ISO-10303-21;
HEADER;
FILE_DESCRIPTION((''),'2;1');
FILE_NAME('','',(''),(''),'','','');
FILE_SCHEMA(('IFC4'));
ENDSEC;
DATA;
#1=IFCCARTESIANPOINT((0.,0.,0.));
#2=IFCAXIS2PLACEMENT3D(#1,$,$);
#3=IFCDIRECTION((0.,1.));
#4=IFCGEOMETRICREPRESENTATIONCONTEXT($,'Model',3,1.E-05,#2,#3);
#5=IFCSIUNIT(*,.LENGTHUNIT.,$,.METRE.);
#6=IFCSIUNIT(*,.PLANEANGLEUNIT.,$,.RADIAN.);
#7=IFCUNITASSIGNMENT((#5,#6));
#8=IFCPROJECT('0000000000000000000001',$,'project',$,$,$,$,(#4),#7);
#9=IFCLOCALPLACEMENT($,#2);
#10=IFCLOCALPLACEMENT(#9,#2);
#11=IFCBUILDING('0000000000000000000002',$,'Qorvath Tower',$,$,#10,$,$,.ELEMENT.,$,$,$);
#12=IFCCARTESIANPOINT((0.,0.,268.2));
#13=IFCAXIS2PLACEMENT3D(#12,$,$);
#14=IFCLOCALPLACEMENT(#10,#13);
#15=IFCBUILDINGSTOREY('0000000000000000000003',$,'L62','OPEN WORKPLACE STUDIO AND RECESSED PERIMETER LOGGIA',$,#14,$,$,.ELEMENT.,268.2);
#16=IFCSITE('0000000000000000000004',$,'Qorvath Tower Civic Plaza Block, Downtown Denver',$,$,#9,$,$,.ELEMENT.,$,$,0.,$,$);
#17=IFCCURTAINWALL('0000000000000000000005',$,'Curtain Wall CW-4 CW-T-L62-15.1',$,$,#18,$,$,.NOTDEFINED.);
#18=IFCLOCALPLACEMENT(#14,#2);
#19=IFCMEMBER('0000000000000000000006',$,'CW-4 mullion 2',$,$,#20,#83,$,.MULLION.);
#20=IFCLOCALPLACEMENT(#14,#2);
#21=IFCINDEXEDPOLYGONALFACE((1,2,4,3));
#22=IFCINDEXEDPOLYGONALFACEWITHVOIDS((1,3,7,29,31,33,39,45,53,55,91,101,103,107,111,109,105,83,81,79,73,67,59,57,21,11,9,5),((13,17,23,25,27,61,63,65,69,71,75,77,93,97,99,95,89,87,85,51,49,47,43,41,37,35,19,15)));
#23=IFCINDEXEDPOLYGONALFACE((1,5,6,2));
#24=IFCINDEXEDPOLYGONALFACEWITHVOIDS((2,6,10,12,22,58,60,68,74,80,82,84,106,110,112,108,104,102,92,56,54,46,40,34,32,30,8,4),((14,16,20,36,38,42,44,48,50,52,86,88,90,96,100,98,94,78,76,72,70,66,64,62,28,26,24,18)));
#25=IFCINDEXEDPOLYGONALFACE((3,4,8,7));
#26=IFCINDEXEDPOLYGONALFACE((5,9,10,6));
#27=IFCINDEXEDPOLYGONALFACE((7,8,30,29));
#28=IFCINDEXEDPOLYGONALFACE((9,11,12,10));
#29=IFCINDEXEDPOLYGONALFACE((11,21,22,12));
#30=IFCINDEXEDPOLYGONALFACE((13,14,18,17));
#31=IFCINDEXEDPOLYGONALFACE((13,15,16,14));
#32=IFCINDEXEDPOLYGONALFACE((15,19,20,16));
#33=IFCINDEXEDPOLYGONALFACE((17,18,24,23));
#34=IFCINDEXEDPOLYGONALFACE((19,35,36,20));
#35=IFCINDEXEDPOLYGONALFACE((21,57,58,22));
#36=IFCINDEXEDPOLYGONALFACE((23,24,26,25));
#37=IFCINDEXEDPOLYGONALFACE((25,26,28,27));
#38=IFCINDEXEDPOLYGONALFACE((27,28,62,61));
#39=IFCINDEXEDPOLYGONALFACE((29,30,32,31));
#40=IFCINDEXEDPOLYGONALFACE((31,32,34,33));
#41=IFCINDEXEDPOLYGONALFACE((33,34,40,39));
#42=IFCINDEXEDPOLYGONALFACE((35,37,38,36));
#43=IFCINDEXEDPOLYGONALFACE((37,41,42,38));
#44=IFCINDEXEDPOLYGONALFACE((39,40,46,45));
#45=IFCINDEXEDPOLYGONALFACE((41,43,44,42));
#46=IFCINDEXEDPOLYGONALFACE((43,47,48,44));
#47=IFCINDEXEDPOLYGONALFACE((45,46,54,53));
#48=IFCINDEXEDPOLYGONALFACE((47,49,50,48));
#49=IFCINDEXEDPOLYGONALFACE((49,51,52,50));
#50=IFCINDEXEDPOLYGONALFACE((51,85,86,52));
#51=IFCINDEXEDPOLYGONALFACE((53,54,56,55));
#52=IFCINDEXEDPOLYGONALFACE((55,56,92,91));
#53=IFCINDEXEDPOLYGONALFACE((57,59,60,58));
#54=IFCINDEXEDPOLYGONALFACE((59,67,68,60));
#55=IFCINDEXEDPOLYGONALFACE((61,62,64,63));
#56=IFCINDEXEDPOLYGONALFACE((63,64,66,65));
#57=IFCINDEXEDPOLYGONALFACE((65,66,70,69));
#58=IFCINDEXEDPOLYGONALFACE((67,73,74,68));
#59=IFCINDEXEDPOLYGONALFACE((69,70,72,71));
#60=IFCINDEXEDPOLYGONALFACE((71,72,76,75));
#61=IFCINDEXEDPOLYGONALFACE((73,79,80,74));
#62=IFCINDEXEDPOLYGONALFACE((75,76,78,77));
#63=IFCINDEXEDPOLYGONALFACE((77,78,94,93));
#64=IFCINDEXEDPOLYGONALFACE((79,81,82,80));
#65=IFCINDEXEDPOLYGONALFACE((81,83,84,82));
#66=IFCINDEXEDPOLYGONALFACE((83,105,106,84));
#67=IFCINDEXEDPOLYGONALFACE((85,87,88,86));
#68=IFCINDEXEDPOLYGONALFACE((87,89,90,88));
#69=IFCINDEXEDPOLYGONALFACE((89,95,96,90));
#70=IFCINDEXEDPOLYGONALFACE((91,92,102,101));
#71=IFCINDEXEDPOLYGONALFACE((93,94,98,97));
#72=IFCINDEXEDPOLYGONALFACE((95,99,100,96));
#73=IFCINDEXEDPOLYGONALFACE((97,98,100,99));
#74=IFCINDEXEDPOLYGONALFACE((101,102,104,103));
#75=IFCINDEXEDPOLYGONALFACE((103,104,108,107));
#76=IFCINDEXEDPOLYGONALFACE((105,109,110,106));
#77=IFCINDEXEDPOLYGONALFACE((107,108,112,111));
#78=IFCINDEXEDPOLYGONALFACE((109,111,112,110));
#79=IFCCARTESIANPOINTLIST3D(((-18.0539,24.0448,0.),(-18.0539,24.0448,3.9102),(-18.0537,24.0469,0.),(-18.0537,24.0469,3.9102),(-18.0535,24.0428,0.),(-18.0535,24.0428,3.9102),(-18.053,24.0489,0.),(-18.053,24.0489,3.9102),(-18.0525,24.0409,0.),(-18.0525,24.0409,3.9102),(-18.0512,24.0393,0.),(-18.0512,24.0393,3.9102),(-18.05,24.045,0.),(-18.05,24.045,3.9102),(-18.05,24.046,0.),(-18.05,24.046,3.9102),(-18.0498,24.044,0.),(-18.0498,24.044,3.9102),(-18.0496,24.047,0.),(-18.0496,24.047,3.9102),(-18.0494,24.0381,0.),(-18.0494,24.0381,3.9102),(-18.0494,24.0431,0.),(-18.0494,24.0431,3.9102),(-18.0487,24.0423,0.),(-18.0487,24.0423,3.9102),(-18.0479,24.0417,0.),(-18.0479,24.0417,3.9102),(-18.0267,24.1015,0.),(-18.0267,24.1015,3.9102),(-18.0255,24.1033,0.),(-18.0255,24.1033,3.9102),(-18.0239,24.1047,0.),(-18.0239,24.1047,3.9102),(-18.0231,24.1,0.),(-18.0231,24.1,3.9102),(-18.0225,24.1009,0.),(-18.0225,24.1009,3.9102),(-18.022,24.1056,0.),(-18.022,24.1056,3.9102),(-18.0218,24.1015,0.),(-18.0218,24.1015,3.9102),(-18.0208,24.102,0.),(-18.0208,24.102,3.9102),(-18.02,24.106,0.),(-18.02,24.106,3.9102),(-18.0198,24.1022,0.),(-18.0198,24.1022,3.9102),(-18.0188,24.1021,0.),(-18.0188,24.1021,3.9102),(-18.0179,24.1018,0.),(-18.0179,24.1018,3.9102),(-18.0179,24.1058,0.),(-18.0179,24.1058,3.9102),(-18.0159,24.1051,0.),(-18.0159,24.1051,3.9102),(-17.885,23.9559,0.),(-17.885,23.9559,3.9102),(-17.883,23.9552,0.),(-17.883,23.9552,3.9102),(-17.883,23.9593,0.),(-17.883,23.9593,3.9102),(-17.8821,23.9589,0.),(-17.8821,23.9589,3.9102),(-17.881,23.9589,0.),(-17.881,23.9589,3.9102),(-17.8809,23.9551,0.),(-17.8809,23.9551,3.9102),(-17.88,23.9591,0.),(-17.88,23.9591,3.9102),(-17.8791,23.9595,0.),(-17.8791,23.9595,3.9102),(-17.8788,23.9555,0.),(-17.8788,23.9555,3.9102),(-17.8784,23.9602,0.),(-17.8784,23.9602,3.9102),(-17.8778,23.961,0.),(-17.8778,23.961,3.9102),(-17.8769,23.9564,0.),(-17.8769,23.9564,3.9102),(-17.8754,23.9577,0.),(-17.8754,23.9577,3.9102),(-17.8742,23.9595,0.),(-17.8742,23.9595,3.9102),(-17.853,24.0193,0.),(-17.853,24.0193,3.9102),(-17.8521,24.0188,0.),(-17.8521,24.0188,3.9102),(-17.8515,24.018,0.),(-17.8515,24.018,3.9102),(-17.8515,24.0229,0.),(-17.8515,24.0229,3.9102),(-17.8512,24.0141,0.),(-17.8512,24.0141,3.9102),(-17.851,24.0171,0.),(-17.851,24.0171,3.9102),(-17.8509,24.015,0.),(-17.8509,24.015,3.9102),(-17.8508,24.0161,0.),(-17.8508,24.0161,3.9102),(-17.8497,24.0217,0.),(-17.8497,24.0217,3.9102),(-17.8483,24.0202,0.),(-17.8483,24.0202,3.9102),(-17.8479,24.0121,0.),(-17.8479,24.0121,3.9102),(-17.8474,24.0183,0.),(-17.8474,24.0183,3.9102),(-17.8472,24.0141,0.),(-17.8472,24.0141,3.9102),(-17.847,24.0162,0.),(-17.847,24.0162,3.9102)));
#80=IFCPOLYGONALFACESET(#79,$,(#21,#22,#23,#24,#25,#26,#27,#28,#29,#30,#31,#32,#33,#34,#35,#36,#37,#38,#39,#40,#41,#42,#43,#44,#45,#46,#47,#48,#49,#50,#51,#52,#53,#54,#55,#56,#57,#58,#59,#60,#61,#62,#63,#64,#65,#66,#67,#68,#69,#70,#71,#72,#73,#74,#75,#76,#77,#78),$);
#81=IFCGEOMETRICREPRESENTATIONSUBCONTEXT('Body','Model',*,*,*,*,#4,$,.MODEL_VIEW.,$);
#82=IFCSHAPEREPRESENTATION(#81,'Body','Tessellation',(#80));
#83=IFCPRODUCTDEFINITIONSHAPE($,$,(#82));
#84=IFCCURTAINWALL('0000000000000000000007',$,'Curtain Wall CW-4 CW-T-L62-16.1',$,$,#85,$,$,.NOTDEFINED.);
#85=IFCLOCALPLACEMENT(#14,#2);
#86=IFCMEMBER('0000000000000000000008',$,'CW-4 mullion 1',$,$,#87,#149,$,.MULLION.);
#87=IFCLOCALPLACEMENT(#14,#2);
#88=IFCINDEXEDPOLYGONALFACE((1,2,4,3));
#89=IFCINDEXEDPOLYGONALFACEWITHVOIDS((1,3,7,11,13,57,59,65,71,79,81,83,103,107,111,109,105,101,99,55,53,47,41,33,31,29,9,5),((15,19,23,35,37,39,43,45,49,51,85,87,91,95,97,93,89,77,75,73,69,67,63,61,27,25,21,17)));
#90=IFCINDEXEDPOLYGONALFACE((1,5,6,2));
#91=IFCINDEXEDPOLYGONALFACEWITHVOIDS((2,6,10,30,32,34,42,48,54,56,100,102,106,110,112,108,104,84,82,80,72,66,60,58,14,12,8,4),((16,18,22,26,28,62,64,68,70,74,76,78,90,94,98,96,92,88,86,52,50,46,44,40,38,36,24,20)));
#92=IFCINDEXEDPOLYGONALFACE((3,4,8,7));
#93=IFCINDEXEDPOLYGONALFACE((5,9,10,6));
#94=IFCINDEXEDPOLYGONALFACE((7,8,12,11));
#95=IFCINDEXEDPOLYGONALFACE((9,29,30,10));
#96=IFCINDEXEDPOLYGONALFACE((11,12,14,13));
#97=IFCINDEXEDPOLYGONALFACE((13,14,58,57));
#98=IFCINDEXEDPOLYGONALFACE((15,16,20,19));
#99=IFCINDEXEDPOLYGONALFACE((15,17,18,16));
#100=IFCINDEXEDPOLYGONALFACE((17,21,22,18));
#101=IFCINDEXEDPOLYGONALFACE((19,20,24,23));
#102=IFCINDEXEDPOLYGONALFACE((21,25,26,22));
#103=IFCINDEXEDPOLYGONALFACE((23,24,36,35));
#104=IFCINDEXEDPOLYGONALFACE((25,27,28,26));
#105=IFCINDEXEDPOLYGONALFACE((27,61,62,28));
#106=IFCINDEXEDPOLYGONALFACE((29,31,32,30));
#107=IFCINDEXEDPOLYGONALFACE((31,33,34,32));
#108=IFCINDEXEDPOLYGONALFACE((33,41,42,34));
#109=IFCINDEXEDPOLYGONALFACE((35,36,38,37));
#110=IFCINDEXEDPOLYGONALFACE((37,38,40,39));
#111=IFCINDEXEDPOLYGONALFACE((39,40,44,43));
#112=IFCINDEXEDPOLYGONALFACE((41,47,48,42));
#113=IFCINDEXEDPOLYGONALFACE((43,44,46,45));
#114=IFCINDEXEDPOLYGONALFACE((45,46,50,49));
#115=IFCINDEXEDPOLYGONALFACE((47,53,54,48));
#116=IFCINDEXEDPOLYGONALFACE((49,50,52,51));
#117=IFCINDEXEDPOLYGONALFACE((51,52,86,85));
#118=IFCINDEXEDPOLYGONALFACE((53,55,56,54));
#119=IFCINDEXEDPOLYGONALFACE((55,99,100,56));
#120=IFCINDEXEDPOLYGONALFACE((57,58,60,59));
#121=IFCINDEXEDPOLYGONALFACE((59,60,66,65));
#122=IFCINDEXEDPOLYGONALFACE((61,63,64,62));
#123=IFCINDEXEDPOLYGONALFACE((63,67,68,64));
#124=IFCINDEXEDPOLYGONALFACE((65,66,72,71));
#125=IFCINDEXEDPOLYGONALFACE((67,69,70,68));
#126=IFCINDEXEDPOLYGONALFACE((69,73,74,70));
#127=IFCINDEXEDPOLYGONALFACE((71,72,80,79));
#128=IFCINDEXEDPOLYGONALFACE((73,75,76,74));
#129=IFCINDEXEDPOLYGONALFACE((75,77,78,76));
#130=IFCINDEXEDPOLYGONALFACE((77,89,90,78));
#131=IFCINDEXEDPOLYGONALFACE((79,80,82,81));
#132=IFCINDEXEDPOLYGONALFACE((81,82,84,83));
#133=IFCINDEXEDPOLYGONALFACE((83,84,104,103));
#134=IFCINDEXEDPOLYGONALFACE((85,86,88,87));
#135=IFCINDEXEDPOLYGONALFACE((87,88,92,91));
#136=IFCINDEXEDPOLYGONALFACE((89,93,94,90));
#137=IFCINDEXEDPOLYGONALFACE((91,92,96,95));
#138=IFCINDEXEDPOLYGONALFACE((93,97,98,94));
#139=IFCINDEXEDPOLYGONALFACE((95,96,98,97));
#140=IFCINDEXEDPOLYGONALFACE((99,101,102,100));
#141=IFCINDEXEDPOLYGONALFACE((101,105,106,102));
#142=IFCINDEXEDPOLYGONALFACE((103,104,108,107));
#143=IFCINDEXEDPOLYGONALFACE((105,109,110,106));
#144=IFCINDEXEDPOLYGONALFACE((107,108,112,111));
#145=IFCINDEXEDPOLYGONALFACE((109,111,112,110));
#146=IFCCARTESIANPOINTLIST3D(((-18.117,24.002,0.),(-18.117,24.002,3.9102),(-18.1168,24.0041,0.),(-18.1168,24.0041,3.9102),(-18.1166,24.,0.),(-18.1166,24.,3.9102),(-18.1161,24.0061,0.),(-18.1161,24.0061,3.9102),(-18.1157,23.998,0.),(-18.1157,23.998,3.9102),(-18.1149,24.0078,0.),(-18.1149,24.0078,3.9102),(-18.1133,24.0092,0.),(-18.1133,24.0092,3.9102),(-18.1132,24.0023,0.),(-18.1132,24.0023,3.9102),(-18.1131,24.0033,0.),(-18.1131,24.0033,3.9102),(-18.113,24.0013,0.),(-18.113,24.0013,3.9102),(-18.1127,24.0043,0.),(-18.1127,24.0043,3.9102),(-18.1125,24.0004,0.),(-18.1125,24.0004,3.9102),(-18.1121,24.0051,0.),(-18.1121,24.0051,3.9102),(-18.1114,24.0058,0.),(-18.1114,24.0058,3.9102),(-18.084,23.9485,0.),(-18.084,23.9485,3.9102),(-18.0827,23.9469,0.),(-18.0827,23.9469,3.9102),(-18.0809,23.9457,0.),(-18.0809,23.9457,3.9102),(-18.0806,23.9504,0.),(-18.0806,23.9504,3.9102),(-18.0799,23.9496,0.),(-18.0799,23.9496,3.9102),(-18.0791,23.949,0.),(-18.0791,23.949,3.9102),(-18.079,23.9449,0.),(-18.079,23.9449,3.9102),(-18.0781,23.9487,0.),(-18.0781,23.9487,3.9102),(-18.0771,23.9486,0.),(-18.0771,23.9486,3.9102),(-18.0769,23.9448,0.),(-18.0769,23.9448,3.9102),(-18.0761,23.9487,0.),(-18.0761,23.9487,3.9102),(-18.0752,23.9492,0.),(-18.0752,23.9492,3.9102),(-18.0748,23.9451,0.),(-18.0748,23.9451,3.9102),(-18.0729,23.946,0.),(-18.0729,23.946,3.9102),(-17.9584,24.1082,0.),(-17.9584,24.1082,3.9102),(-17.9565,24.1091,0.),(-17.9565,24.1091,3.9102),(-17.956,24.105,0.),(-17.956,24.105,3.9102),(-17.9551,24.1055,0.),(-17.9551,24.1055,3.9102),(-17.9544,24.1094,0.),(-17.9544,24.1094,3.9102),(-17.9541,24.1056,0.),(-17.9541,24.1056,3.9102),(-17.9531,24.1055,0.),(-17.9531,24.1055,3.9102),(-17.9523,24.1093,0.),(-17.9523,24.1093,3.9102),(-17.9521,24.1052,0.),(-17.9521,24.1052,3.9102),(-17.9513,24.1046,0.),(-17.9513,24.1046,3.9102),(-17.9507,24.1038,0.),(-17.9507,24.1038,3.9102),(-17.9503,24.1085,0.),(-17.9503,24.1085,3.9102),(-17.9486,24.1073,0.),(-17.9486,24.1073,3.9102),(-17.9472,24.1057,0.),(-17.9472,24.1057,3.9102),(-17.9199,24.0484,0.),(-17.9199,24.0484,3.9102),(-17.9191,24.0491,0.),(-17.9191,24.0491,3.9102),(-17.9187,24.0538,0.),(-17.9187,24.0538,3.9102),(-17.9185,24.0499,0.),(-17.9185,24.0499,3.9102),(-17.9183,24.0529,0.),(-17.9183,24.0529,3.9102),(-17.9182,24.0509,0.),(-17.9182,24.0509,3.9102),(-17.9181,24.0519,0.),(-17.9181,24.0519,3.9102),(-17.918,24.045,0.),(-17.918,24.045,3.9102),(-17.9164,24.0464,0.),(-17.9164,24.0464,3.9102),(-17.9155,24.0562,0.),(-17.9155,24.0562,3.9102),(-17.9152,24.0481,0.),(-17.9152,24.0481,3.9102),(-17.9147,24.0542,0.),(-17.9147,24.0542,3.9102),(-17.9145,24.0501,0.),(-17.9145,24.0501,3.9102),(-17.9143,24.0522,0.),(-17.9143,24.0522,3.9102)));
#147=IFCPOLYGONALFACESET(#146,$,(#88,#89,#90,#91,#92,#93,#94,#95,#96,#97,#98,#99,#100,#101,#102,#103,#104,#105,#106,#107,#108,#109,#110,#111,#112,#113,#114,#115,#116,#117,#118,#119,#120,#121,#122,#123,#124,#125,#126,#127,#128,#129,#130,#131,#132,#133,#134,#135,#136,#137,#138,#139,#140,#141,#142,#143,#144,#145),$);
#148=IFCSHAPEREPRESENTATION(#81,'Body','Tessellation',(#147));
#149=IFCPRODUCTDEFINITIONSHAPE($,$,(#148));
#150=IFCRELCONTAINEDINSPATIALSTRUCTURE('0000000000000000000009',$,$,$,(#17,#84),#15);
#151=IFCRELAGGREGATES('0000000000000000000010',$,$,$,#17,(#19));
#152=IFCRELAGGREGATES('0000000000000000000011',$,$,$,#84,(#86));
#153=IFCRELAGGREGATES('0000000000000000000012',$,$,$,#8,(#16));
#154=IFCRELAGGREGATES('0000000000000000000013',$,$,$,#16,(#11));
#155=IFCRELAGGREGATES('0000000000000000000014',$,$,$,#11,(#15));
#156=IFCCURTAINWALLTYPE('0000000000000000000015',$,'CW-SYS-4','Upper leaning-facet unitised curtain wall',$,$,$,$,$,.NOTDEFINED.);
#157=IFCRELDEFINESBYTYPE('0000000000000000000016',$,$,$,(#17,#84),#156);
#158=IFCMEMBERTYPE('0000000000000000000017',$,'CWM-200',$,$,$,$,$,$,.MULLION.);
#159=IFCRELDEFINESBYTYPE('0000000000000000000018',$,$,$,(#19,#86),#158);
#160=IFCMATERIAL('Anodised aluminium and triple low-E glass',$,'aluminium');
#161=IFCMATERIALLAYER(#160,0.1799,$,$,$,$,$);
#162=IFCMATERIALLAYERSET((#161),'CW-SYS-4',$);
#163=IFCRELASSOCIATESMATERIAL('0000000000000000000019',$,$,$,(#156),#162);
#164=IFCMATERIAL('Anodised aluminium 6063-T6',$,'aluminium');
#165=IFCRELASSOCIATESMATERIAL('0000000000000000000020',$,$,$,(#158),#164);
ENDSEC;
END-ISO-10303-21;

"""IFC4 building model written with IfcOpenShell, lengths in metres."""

from ifc_helpers import new_model, si_unit, direction, frame, origin, origin_2d, place, context, subcontext, project, spatial, hollow_rectangle, extrude, material, layer, layer_set, material_profile, profile_set, type_object, element, aggregate, save


model = new_model("IFC4")

# Units and contexts
model_context = context("Model", 3, precision=1e-05, world=origin(), true_north=direction((0.0, 1.0)))
body_context = subcontext(model_context, "Body", "Model", "MODEL_VIEW")
ifc_project = project(units=[si_unit("LENGTHUNIT", "METRE"), si_unit("PLANEANGLEUNIT", "RADIAN")], contexts=[model_context])

# Site, building, storey
site_placement = place(None, origin())
site = spatial("IfcSite", under=ifc_project, at=site_placement, Name="Qorvath Tower Civic Plaza Block, Downtown Denver", CompositionType="ELEMENT", RefElevation=0.0)
building_placement = place(site_placement, origin())
building = spatial("IfcBuilding", under=site, at=building_placement, Name="Qorvath Tower", CompositionType="ELEMENT")
storey_placement = place(building_placement, frame((0.0, 0.0, 268.2)))
storey = spatial("IfcBuildingStorey", under=building, at=storey_placement, Name="L62", Description="OPEN WORKPLACE STUDIO AND RECESSED PERIMETER LOGGIA", CompositionType="ELEMENT", Elevation=268.2)

# Shared definitions
ifc_material_1 = material(Name="Anodised aluminium and triple low-E glass", Category="aluminium")
ifc_layer_1 = layer(ifc_material_1, 0.1799)
ifc_layer_set_1 = layer_set([ifc_layer_1], Name="CW-SYS-4")
curtain_wall_type = type_object("IfcCurtainWallType", Name="CW-SYS-4", Description="Upper leaning-facet unitised curtain wall", PredefinedType="NOTDEFINED", material=ifc_layer_set_1)
ifc_material_2 = material(Name="Anodised aluminium 6063-T6", Category="aluminium")
ifc_material_profile_1 = material_profile(ifc_material_2, hollow_rectangle(XDim=0.075, YDim=0.2, WallThickness=0.0039, InnerFilletRadius=0.0039, OuterFilletRadius=0.0081, at=origin_2d()), Name="CWM 200x75")
ifc_profile_set_1 = profile_set([ifc_material_profile_1], Name="Anodised aluminium 6063-T6")
member_type_1 = type_object("IfcMemberType", Name="CWM-200", PredefinedType="MULLION", material=ifc_profile_set_1)

# Curtain wall, member
curtain_wall_1_placement = place(storey_placement, origin())
curtain_wall_1 = element("IfcCurtainWall", 1, at=curtain_wall_1_placement, inside=storey, type_object=curtain_wall_type, Name="Curtain Wall CW-4 CW-T-L62-15.1", PredefinedType="NOTDEFINED")
member_1_placement = place(storey_placement, frame((-17.9504, 24.0305, 0.0), z_axis=(0.0, 0.0, 1.0), x_axis=(-0.447245, -0.894412, 0.0)))
member_1 = element("IfcMember", 2, at=member_1_placement, type_object=member_type_1, Name="CW-4 mullion 2", PredefinedType="MULLION", context=body_context, shape_type="SweptSolid", body=[
    extrude(hollow_rectangle(XDim=0.075, YDim=0.2, WallThickness=0.0039, InnerFilletRadius=0.0039, OuterFilletRadius=0.0081, at=origin_2d()), origin(), (0.0, 0.0, 1.0), 3.9102),
])

# Curtain wall, member
curtain_wall_2_placement = place(storey_placement, origin())
curtain_wall_2 = element("IfcCurtainWall", 3, at=curtain_wall_2_placement, inside=storey, type_object=curtain_wall_type, Name="Curtain Wall CW-4 CW-T-L62-16.1", PredefinedType="NOTDEFINED")
member_2_placement = place(storey_placement, frame((-18.0156, 24.0271, 0.0), z_axis=(0.0, 0.0, 1.0), x_axis=(0.538534, -0.842604, 0.0)))
member_2 = element("IfcMember", 4, at=member_2_placement, type_object=member_type_1, Name="CW-4 mullion 1", PredefinedType="MULLION", context=body_context, shape_type="SweptSolid", body=[
    extrude(hollow_rectangle(XDim=0.075, YDim=0.2, WallThickness=0.0039, InnerFilletRadius=0.0039, OuterFilletRadius=0.0081, at=origin_2d()), origin(), (0.0, 0.0, 1.0), 3.9102),
])

aggregate(curtain_wall_1, [member_1])
aggregate(curtain_wall_2, [member_2])

save(model, "model.ifc")
